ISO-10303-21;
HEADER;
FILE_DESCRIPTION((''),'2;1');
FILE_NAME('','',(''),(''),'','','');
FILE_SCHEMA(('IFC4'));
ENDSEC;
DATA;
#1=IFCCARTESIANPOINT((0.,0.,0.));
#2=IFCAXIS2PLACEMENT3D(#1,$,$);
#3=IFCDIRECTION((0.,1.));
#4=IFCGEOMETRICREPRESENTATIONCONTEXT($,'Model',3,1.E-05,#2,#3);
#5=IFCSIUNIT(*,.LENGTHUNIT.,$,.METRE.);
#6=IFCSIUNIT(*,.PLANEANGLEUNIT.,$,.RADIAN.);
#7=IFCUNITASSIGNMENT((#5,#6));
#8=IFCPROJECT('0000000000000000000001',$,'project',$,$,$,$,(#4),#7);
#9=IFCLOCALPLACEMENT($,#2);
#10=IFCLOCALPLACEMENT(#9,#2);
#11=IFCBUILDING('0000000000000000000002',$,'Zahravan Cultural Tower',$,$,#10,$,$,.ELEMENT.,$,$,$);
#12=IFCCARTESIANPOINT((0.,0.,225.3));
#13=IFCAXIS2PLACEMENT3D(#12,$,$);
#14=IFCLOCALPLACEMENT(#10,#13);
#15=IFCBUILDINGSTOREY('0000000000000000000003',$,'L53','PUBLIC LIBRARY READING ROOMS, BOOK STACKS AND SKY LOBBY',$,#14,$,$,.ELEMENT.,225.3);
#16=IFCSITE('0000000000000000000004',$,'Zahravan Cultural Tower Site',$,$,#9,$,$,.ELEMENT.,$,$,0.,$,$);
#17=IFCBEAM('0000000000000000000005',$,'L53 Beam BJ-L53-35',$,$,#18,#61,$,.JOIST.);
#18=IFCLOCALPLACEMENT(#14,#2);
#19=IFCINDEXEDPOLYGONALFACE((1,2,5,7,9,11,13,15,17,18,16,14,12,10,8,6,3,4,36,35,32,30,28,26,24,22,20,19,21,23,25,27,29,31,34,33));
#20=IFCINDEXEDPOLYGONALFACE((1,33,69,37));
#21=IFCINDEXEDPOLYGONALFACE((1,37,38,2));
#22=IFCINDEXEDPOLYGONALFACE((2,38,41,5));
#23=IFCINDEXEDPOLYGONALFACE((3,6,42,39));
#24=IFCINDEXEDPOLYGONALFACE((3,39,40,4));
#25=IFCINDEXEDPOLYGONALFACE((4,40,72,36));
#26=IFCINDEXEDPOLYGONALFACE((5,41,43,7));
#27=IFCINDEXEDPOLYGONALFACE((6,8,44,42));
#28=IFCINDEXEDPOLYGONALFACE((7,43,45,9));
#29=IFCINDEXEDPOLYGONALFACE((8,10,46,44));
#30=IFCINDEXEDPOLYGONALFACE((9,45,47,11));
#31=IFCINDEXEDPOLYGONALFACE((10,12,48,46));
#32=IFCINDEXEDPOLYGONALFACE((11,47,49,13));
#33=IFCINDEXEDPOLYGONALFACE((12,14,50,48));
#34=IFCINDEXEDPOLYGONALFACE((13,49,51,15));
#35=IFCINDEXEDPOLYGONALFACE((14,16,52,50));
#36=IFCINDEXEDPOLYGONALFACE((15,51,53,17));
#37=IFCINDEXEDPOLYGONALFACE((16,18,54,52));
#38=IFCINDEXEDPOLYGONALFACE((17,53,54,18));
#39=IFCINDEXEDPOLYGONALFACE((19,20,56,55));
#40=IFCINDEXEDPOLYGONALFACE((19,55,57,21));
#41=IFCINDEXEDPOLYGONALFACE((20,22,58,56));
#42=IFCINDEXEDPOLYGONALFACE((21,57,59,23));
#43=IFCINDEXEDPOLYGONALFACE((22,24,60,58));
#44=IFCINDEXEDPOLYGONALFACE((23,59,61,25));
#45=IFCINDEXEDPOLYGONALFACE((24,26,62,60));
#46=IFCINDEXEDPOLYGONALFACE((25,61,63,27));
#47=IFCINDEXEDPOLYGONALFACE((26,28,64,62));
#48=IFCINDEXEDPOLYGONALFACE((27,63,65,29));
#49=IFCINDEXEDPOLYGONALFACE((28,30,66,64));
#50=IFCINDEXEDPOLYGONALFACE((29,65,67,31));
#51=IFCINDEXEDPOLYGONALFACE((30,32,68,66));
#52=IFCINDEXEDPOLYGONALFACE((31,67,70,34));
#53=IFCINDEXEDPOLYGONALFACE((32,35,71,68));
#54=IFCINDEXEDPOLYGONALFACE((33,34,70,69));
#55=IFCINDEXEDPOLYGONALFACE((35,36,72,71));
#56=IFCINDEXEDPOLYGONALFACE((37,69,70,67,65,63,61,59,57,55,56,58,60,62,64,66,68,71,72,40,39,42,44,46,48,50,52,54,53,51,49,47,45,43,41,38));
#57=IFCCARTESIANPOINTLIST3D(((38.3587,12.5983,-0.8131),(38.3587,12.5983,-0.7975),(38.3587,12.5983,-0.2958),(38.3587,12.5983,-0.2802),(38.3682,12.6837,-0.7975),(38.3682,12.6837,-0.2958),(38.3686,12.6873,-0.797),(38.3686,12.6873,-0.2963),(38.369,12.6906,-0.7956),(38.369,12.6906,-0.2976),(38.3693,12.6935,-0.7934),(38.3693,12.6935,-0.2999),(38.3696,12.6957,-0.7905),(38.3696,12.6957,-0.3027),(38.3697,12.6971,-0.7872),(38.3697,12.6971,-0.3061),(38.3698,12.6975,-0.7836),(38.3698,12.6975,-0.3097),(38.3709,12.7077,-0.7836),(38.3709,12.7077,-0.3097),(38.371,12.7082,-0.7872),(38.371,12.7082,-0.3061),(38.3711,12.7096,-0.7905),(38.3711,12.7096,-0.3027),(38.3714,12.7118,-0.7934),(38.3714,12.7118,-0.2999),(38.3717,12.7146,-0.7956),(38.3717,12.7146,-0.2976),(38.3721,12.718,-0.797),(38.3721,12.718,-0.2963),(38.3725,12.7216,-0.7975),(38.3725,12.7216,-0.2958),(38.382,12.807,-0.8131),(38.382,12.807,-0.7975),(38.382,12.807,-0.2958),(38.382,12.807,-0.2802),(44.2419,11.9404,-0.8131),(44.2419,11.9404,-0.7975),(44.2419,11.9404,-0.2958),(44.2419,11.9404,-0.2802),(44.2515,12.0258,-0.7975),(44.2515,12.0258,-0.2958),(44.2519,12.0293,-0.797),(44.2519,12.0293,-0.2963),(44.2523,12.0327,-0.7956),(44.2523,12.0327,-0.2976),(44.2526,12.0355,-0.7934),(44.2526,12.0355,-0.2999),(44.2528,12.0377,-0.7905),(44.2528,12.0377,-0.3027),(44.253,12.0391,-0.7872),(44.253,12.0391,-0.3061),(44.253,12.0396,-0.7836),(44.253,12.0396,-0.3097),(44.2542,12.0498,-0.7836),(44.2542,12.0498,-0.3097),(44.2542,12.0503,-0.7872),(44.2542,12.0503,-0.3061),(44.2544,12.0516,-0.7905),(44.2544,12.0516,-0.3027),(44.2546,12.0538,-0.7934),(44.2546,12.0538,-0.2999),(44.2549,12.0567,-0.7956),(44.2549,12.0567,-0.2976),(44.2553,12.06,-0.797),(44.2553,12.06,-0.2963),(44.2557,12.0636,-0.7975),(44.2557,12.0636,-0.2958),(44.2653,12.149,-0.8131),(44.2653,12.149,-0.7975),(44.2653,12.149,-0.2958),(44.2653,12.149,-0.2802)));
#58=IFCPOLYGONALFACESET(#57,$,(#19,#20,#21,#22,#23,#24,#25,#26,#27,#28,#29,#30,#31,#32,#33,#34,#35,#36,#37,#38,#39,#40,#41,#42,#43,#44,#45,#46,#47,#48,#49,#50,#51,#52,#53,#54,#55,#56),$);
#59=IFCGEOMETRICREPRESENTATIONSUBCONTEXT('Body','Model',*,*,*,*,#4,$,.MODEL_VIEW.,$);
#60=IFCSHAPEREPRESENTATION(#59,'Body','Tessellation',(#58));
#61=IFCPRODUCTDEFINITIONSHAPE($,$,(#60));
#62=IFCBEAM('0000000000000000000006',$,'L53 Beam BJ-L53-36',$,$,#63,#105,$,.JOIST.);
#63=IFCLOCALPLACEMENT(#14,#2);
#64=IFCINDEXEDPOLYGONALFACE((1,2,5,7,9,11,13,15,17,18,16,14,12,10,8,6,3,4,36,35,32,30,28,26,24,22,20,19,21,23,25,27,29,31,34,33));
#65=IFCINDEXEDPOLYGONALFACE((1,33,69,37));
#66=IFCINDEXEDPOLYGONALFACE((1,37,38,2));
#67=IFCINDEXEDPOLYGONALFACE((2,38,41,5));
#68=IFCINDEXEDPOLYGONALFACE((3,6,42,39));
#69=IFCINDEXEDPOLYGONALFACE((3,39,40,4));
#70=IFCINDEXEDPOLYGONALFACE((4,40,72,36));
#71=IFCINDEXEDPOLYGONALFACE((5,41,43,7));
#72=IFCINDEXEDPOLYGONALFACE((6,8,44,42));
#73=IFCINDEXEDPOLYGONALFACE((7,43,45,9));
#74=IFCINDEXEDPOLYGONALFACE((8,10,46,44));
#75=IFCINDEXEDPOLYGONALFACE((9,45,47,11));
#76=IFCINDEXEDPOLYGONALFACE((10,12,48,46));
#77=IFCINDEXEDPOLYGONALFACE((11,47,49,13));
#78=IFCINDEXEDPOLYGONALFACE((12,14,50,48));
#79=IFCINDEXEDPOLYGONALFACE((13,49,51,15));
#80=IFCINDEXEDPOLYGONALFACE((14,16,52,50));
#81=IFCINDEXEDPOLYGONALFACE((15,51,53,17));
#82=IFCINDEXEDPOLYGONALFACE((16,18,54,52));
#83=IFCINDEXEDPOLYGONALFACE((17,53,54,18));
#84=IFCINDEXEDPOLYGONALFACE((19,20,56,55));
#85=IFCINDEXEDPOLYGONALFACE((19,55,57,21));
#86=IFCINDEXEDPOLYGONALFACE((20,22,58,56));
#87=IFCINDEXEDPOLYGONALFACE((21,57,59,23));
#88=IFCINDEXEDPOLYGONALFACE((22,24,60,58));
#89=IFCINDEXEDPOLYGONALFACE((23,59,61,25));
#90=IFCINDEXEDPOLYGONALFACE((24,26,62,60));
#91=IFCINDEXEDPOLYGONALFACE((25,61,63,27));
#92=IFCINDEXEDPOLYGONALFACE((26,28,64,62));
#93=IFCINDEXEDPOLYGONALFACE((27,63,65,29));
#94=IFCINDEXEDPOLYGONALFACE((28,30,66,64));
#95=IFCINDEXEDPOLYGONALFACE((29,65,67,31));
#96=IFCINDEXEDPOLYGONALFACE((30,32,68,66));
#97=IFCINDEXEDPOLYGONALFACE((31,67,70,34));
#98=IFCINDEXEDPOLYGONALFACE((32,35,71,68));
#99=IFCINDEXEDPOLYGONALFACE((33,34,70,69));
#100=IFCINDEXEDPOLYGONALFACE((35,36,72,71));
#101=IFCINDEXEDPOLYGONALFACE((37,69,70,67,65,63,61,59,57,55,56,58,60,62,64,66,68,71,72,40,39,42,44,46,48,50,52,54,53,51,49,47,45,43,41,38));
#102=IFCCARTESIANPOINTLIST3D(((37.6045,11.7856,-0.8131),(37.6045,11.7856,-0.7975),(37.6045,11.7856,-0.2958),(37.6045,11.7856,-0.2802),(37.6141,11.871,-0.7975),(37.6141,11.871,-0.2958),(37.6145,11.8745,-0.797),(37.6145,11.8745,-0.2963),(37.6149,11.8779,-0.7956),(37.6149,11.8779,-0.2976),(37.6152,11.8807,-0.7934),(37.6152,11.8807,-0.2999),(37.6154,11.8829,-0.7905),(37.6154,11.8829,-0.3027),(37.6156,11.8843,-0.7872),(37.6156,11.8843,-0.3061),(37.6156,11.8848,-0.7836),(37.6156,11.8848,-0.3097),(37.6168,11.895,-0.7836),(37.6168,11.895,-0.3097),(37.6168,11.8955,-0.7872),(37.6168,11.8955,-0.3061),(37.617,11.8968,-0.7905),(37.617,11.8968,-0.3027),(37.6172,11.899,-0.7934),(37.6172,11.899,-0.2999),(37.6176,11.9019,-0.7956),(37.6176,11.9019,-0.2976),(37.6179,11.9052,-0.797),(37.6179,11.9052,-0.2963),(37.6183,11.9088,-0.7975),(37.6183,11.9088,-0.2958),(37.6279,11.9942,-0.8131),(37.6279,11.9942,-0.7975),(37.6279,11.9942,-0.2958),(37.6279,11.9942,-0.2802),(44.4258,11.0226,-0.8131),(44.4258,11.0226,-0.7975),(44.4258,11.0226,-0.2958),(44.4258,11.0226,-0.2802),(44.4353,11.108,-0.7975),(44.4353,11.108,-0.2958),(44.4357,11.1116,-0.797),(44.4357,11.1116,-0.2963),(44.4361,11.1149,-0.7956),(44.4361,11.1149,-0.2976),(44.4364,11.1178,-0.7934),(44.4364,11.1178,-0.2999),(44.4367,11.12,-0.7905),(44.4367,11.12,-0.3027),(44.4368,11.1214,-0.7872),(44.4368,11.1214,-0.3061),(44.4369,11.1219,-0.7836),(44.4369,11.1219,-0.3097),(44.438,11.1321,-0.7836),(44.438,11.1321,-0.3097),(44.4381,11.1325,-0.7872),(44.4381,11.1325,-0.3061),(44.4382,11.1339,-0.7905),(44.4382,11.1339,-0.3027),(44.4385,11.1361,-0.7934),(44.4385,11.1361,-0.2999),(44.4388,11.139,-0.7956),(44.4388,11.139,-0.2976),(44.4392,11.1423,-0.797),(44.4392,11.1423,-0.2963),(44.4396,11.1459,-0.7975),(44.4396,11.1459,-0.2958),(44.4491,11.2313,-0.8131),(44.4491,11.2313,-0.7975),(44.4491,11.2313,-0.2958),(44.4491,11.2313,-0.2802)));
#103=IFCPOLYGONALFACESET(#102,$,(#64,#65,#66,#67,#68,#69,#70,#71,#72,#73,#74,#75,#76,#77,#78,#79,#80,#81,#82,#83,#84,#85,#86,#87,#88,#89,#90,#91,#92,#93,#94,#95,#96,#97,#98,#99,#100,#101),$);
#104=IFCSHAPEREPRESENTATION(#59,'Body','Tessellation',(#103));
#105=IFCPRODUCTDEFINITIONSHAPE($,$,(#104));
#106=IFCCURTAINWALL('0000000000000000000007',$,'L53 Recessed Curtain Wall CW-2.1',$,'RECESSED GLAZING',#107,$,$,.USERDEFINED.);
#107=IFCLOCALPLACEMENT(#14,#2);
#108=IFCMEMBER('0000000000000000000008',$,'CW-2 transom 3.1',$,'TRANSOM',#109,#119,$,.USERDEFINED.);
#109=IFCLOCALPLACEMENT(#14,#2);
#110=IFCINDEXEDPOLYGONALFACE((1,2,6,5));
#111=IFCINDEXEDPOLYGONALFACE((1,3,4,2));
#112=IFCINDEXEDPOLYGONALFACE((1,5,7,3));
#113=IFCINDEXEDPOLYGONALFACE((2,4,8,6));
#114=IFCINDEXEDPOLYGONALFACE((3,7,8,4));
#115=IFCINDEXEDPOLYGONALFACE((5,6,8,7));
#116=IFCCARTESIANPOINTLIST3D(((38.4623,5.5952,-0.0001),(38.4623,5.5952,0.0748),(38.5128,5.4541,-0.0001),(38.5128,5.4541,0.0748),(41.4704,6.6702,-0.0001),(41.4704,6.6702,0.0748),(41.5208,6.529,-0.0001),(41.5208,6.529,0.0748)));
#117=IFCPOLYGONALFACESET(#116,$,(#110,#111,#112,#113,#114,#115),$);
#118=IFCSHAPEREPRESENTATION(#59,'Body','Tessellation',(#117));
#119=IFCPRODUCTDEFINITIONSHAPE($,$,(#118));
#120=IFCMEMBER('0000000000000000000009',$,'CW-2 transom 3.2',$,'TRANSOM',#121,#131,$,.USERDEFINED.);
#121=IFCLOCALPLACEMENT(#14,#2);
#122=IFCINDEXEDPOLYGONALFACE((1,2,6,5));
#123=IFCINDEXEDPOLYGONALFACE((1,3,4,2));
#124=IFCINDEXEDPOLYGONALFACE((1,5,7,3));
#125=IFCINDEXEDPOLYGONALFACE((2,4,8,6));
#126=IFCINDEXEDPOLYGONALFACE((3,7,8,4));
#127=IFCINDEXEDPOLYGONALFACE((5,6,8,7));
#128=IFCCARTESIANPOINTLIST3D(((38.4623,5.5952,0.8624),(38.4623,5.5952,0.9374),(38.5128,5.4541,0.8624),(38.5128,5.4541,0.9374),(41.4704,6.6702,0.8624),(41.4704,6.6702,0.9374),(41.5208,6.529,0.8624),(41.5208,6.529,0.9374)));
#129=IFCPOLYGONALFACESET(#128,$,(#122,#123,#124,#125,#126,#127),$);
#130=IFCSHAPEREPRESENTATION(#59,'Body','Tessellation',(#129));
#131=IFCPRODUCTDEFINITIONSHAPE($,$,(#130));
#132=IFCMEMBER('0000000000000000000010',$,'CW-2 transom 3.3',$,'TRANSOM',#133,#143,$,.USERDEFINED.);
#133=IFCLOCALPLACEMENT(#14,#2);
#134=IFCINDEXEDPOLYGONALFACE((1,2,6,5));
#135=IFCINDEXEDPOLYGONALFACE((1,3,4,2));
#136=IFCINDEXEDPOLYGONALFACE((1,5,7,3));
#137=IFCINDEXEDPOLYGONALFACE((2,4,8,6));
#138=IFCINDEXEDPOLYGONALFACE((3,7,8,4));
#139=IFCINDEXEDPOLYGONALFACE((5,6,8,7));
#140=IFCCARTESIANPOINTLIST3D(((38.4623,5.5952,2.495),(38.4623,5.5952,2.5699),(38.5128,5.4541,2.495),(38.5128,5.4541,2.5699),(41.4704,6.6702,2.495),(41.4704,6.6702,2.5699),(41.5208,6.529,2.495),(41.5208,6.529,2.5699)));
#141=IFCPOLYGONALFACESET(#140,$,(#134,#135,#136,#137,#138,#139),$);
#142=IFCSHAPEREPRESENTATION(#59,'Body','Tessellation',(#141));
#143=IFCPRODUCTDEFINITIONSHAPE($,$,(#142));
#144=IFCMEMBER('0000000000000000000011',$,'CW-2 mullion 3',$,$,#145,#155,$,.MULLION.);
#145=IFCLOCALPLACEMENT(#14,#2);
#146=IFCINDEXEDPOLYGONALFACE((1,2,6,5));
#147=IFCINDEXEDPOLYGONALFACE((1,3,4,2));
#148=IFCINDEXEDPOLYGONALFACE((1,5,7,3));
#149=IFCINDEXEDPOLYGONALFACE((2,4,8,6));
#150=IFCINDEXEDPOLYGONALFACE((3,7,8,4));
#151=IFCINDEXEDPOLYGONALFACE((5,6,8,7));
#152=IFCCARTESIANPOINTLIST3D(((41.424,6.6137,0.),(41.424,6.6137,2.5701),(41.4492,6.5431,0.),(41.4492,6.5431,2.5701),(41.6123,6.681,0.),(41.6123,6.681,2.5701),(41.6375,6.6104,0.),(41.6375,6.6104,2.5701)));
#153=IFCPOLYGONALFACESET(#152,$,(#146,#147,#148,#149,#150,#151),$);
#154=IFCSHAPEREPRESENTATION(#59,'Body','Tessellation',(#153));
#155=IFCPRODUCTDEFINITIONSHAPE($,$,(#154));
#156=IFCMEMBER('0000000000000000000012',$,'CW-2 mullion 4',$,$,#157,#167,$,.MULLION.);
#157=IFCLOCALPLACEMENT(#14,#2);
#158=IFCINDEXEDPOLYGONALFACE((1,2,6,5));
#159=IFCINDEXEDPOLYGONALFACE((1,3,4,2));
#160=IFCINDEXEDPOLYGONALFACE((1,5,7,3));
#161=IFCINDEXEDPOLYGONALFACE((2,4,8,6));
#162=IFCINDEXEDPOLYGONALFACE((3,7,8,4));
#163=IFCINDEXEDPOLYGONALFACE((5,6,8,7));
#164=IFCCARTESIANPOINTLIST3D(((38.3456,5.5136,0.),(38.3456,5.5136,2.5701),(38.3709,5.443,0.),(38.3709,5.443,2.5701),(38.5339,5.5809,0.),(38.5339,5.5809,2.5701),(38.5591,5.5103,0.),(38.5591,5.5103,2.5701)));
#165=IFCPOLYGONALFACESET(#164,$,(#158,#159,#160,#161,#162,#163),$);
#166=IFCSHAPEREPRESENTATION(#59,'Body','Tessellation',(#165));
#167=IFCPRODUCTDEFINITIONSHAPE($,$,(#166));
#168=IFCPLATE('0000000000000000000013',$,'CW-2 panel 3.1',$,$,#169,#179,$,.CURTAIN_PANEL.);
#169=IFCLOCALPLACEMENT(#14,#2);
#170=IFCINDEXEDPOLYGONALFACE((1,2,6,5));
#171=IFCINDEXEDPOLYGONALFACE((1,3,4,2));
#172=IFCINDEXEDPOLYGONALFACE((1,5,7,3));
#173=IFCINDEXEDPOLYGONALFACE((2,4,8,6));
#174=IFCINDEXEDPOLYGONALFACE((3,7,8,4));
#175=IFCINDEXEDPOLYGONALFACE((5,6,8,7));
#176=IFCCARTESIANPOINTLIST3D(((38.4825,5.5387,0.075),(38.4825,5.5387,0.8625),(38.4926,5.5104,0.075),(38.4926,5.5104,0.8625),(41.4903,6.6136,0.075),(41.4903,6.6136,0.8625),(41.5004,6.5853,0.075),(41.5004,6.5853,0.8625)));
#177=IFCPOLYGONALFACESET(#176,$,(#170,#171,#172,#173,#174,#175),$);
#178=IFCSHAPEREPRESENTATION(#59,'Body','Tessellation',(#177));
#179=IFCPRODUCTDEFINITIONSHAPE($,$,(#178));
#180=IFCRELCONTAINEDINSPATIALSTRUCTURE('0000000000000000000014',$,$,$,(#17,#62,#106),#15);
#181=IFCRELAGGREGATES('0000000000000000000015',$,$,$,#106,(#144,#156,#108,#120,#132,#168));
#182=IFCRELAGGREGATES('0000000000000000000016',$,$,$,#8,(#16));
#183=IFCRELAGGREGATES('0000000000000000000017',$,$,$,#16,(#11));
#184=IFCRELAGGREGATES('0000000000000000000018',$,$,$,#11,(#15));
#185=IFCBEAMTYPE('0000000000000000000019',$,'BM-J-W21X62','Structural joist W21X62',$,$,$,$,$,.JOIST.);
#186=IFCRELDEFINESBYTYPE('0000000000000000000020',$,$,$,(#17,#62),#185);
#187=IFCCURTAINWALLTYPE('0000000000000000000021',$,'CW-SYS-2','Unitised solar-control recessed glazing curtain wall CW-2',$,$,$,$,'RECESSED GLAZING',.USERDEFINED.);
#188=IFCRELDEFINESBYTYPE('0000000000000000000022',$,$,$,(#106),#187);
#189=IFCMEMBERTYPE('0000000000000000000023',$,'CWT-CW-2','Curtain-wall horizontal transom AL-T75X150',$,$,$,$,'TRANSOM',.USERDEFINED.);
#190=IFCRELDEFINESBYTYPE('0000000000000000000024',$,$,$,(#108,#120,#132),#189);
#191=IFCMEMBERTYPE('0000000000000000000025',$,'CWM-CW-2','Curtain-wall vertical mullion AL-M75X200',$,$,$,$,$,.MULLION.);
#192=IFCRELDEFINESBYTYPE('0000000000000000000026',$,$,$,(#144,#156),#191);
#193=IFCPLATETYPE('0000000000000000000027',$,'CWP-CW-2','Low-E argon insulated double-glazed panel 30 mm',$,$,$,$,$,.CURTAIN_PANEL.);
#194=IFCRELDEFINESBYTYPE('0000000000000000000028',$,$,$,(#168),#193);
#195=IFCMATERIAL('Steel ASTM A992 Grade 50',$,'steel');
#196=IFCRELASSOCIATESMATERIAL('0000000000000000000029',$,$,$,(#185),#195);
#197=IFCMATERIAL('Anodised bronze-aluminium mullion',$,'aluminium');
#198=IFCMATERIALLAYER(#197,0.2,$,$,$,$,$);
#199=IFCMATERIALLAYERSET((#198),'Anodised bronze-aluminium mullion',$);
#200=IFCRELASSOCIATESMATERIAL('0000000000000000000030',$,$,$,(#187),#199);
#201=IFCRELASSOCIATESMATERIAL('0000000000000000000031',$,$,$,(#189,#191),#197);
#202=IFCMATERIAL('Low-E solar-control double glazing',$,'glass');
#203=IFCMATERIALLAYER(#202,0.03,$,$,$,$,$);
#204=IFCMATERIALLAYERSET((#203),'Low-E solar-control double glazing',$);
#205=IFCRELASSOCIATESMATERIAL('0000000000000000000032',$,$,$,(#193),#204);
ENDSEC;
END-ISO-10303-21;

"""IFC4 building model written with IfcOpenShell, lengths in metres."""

from ifc_helpers import new_model, si_unit, direction, frame, origin, origin_2d, place, context, subcontext, project, spatial, rectangle, i_section, extrude, source, transform, mapped, material, layer, layer_set, material_profile, profile_set, type_object, element, aggregate, save


model = new_model("IFC4")

# Units and contexts
model_context = context("Model", 3, precision=1e-05, world=origin(), true_north=direction((0.0, 1.0)))
body_context = subcontext(model_context, "Body", "Model", "MODEL_VIEW")
ifc_project = project(units=[si_unit("LENGTHUNIT", "METRE"), si_unit("PLANEANGLEUNIT", "RADIAN")], contexts=[model_context])

# Site, building, storey
site_placement = place(None, origin())
site = spatial("IfcSite", under=ifc_project, at=site_placement, Name="Zahravan Cultural Tower Site", CompositionType="ELEMENT", RefElevation=0.0)
building_placement = place(site_placement, origin())
building = spatial("IfcBuilding", under=site, at=building_placement, Name="Zahravan Cultural Tower", CompositionType="ELEMENT")
storey_placement = place(building_placement, frame((0.0, 0.0, 225.3)))
storey = spatial("IfcBuildingStorey", under=building, at=storey_placement, Name="L53", Description="PUBLIC LIBRARY READING ROOMS, BOOK STACKS AND SKY LOBBY", CompositionType="ELEMENT", Elevation=225.3)

# Beams
ifc_material_1 = material(Name="Steel ASTM A992 Grade 50", Category="steel")
ifc_material_profile_1 = material_profile(ifc_material_1, i_section(OverallWidth=0.21, OverallDepth=0.533, WebThickness=0.0103, FlangeThickness=0.0156, FilletRadius=0.0139, at=origin_2d()), Name="W21X62")
ifc_profile_set_1 = profile_set([ifc_material_profile_1], Name="Steel ASTM A992 Grade 50")
beam_type = type_object("IfcBeamType", Name="BM-J-W21X62", Description="Structural joist W21X62", PredefinedType="JOIST", material=ifc_profile_set_1)
shared_shape_1 = source(origin(), body_context, "Body", "SweptSolid", [
    extrude(i_section(OverallWidth=0.21, OverallDepth=0.533, WebThickness=0.0103, FlangeThickness=0.0156, FilletRadius=0.0139, at=origin_2d()), origin(), (0.0, 0.0, 1.0), 5.9199),
])
beam_1_placement = place(storey_placement, frame((38.3704, 12.7026, -0.5466), z_axis=(0.993805, -0.111142, 0.0), x_axis=(0.111142, 0.993805, 0.0)))
element("IfcBeam", 1, at=beam_1_placement, inside=storey, type_object=beam_type, Name="L53 Beam BJ-L53-35", PredefinedType="JOIST", context=body_context, shape_type="MappedRepresentation", body=[
    mapped(shared_shape_1, transform((0.0, 0.0, 0.0), x_axis=(1.0, 0.0, 0.0), y_axis=(0.0, 1.0, 0.0), z_axis=(0.0, 0.0, 1.0), scale=1.0)),
])
shared_shape_2 = source(origin(), body_context, "Body", "SweptSolid", [
    extrude(i_section(OverallWidth=0.21, OverallDepth=0.533, WebThickness=0.0103, FlangeThickness=0.0156, FilletRadius=0.0139, at=origin_2d()), origin(), (0.0, 0.0, 1.0), 6.8638),
])
beam_2_placement = place(storey_placement, frame((37.6162, 11.8899, -0.5466), z_axis=(0.993803, -0.111154, 0.0), x_axis=(0.111154, 0.993803, 0.0)))
element("IfcBeam", 2, at=beam_2_placement, inside=storey, type_object=beam_type, Name="L53 Beam BJ-L53-36", PredefinedType="JOIST", context=body_context, shape_type="MappedRepresentation", body=[
    mapped(shared_shape_2, transform((0.0, 0.0, 0.0), x_axis=(1.0, 0.0, 0.0), y_axis=(0.0, 1.0, 0.0), z_axis=(0.0, 0.0, 1.0), scale=1.0)),
])

# Curtain wall, members, plate
ifc_material_2 = material(Name="Anodised bronze-aluminium mullion", Category="aluminium")
ifc_layer_1 = layer(ifc_material_2, 0.2)
ifc_layer_set_1 = layer_set([ifc_layer_1], Name="Anodised bronze-aluminium mullion")
curtain_wall_type = type_object("IfcCurtainWallType", Name="CW-SYS-2", Description="Unitised solar-control recessed glazing curtain wall CW-2", ElementType="RECESSED GLAZING", PredefinedType="USERDEFINED", material=ifc_layer_set_1)
curtain_wall_placement = place(storey_placement, origin())
curtain_wall = element("IfcCurtainWall", 3, at=curtain_wall_placement, inside=storey, type_object=curtain_wall_type, Name="L53 Recessed Curtain Wall CW-2.1", ObjectType="RECESSED GLAZING", PredefinedType="USERDEFINED")
ifc_material_profile_2 = material_profile(ifc_material_2, rectangle(XDim=0.1499, YDim=0.075, at=origin_2d()), Name="AL-T75X150")
ifc_profile_set_2 = profile_set([ifc_material_profile_2], Name="Anodised bronze-aluminium mullion")
member_type_1 = type_object("IfcMemberType", Name="CWT-CW-2", Description="Curtain-wall horizontal transom AL-T75X150", ElementType="TRANSOM", PredefinedType="USERDEFINED", material=ifc_profile_set_2)
shared_shape_3 = source(origin(), body_context, "Body", "SweptSolid", [
    extrude(rectangle(XDim=0.1499, YDim=0.075, at=origin_2d()), origin(), (0.0, 0.0, 1.0), 3.1943),
])
member_1_placement = place(storey_placement, frame((41.4956, 6.5996, 0.0374), z_axis=(-0.941678, -0.336516, 0.0), x_axis=(0.336516, -0.941678, 0.0)))
member_1 = element("IfcMember", 4, at=member_1_placement, type_object=member_type_1, Name="CW-2 transom 3.1", ObjectType="TRANSOM", PredefinedType="USERDEFINED", context=body_context, shape_type="MappedRepresentation", body=[
    mapped(shared_shape_3, transform((0.0, 0.0, 0.0), x_axis=(1.0, 0.0, 0.0), y_axis=(0.0, 1.0, 0.0), z_axis=(0.0, 0.0, 1.0), scale=1.0)),
])
member_2_placement = place(storey_placement, frame((41.4956, 6.5996, 0.8999), z_axis=(-0.941678, -0.336516, 0.0), x_axis=(0.336516, -0.941678, 0.0)))
member_2 = element("IfcMember", 5, at=member_2_placement, type_object=member_type_1, Name="CW-2 transom 3.2", ObjectType="TRANSOM", PredefinedType="USERDEFINED", context=body_context, shape_type="MappedRepresentation", body=[
    mapped(shared_shape_3, transform((0.0, 0.0, 0.0), x_axis=(1.0, 0.0, 0.0), y_axis=(0.0, 1.0, 0.0), z_axis=(0.0, 0.0, 1.0), scale=1.0)),
])
member_3_placement = place(storey_placement, frame((41.4956, 6.5996, 2.5325), z_axis=(-0.941678, -0.336516, 0.0), x_axis=(0.336516, -0.941678, 0.0)))
member_3 = element("IfcMember", 6, at=member_3_placement, type_object=member_type_1, Name="CW-2 transom 3.3", ObjectType="TRANSOM", PredefinedType="USERDEFINED", context=body_context, shape_type="MappedRepresentation", body=[
    mapped(shared_shape_3, transform((0.0, 0.0, 0.0), x_axis=(1.0, 0.0, 0.0), y_axis=(0.0, 1.0, 0.0), z_axis=(0.0, 0.0, 1.0), scale=1.0)),
])
ifc_material_profile_3 = material_profile(ifc_material_2, rectangle(XDim=0.075, YDim=0.2, at=origin_2d()), Name="AL-M75X200")
ifc_profile_set_3 = profile_set([ifc_material_profile_3], Name="Anodised bronze-aluminium mullion")
member_type_2 = type_object("IfcMemberType", Name="CWM-CW-2", Description="Curtain-wall vertical mullion AL-M75X200", PredefinedType="MULLION", material=ifc_profile_set_3)
shared_shape_4 = source(origin(), body_context, "Body", "SweptSolid", [
    extrude(rectangle(XDim=0.075, YDim=0.2, at=origin_2d()), origin(), (0.0, 0.0, 1.0), 2.5701),
])
member_4_placement = place(storey_placement, frame((41.5308, 6.6121, 0.0), z_axis=(0.0, 0.0, 1.0), x_axis=(0.336541, -0.941669, 0.0)))
member_4 = element("IfcMember", 7, at=member_4_placement, type_object=member_type_2, Name="CW-2 mullion 3", PredefinedType="MULLION", context=body_context, shape_type="MappedRepresentation", body=[
    mapped(shared_shape_4, transform((0.0, 0.0, 0.0), x_axis=(1.0, 0.0, 0.0), y_axis=(0.0, 1.0, 0.0), z_axis=(0.0, 0.0, 1.0), scale=1.0)),
])
member_5_placement = place(storey_placement, frame((38.4524, 5.512, 0.0), z_axis=(0.0, 0.0, 1.0), x_axis=(0.336541, -0.941669, 0.0)))
member_5 = element("IfcMember", 8, at=member_5_placement, type_object=member_type_2, Name="CW-2 mullion 4", PredefinedType="MULLION", context=body_context, shape_type="MappedRepresentation", body=[
    mapped(shared_shape_4, transform((0.0, 0.0, 0.0), x_axis=(1.0, 0.0, 0.0), y_axis=(0.0, 1.0, 0.0), z_axis=(0.0, 0.0, 1.0), scale=1.0)),
])
ifc_material_3 = material(Name="Low-E solar-control double glazing", Category="glass")
ifc_layer_2 = layer(ifc_material_3, 0.03)
ifc_layer_set_2 = layer_set([ifc_layer_2], Name="Low-E solar-control double glazing")
plate_type = type_object("IfcPlateType", Name="CWP-CW-2", Description="Low-E argon insulated double-glazed panel 30 mm", PredefinedType="CURTAIN_PANEL", material=ifc_layer_set_2)
shared_shape_5 = source(origin(), body_context, "Body", "SweptSolid", [
    extrude(rectangle(XDim=3.1941, YDim=0.03, at=origin_2d()), origin(), (0.0, 0.0, 1.0), 0.7876),
])
plate_1_placement = place(storey_placement, frame((39.9915, 6.062, 0.075), z_axis=(0.0, 0.0, 1.0), x_axis=(-0.941669, -0.336541, 0.0)))
plate_1 = element("IfcPlate", 9, at=plate_1_placement, type_object=plate_type, Name="CW-2 panel 3.1", PredefinedType="CURTAIN_PANEL", context=body_context, shape_type="MappedRepresentation", body=[
    mapped(shared_shape_5, transform((0.0, 0.0, 0.0), x_axis=(1.0, 0.0, 0.0), y_axis=(0.0, 1.0, 0.0), z_axis=(0.0, 0.0, 1.0), scale=1.0)),
])
aggregate(curtain_wall, [member_4, member_5, member_1, member_2, member_3, plate_1])

save(model, "model.ifc")
